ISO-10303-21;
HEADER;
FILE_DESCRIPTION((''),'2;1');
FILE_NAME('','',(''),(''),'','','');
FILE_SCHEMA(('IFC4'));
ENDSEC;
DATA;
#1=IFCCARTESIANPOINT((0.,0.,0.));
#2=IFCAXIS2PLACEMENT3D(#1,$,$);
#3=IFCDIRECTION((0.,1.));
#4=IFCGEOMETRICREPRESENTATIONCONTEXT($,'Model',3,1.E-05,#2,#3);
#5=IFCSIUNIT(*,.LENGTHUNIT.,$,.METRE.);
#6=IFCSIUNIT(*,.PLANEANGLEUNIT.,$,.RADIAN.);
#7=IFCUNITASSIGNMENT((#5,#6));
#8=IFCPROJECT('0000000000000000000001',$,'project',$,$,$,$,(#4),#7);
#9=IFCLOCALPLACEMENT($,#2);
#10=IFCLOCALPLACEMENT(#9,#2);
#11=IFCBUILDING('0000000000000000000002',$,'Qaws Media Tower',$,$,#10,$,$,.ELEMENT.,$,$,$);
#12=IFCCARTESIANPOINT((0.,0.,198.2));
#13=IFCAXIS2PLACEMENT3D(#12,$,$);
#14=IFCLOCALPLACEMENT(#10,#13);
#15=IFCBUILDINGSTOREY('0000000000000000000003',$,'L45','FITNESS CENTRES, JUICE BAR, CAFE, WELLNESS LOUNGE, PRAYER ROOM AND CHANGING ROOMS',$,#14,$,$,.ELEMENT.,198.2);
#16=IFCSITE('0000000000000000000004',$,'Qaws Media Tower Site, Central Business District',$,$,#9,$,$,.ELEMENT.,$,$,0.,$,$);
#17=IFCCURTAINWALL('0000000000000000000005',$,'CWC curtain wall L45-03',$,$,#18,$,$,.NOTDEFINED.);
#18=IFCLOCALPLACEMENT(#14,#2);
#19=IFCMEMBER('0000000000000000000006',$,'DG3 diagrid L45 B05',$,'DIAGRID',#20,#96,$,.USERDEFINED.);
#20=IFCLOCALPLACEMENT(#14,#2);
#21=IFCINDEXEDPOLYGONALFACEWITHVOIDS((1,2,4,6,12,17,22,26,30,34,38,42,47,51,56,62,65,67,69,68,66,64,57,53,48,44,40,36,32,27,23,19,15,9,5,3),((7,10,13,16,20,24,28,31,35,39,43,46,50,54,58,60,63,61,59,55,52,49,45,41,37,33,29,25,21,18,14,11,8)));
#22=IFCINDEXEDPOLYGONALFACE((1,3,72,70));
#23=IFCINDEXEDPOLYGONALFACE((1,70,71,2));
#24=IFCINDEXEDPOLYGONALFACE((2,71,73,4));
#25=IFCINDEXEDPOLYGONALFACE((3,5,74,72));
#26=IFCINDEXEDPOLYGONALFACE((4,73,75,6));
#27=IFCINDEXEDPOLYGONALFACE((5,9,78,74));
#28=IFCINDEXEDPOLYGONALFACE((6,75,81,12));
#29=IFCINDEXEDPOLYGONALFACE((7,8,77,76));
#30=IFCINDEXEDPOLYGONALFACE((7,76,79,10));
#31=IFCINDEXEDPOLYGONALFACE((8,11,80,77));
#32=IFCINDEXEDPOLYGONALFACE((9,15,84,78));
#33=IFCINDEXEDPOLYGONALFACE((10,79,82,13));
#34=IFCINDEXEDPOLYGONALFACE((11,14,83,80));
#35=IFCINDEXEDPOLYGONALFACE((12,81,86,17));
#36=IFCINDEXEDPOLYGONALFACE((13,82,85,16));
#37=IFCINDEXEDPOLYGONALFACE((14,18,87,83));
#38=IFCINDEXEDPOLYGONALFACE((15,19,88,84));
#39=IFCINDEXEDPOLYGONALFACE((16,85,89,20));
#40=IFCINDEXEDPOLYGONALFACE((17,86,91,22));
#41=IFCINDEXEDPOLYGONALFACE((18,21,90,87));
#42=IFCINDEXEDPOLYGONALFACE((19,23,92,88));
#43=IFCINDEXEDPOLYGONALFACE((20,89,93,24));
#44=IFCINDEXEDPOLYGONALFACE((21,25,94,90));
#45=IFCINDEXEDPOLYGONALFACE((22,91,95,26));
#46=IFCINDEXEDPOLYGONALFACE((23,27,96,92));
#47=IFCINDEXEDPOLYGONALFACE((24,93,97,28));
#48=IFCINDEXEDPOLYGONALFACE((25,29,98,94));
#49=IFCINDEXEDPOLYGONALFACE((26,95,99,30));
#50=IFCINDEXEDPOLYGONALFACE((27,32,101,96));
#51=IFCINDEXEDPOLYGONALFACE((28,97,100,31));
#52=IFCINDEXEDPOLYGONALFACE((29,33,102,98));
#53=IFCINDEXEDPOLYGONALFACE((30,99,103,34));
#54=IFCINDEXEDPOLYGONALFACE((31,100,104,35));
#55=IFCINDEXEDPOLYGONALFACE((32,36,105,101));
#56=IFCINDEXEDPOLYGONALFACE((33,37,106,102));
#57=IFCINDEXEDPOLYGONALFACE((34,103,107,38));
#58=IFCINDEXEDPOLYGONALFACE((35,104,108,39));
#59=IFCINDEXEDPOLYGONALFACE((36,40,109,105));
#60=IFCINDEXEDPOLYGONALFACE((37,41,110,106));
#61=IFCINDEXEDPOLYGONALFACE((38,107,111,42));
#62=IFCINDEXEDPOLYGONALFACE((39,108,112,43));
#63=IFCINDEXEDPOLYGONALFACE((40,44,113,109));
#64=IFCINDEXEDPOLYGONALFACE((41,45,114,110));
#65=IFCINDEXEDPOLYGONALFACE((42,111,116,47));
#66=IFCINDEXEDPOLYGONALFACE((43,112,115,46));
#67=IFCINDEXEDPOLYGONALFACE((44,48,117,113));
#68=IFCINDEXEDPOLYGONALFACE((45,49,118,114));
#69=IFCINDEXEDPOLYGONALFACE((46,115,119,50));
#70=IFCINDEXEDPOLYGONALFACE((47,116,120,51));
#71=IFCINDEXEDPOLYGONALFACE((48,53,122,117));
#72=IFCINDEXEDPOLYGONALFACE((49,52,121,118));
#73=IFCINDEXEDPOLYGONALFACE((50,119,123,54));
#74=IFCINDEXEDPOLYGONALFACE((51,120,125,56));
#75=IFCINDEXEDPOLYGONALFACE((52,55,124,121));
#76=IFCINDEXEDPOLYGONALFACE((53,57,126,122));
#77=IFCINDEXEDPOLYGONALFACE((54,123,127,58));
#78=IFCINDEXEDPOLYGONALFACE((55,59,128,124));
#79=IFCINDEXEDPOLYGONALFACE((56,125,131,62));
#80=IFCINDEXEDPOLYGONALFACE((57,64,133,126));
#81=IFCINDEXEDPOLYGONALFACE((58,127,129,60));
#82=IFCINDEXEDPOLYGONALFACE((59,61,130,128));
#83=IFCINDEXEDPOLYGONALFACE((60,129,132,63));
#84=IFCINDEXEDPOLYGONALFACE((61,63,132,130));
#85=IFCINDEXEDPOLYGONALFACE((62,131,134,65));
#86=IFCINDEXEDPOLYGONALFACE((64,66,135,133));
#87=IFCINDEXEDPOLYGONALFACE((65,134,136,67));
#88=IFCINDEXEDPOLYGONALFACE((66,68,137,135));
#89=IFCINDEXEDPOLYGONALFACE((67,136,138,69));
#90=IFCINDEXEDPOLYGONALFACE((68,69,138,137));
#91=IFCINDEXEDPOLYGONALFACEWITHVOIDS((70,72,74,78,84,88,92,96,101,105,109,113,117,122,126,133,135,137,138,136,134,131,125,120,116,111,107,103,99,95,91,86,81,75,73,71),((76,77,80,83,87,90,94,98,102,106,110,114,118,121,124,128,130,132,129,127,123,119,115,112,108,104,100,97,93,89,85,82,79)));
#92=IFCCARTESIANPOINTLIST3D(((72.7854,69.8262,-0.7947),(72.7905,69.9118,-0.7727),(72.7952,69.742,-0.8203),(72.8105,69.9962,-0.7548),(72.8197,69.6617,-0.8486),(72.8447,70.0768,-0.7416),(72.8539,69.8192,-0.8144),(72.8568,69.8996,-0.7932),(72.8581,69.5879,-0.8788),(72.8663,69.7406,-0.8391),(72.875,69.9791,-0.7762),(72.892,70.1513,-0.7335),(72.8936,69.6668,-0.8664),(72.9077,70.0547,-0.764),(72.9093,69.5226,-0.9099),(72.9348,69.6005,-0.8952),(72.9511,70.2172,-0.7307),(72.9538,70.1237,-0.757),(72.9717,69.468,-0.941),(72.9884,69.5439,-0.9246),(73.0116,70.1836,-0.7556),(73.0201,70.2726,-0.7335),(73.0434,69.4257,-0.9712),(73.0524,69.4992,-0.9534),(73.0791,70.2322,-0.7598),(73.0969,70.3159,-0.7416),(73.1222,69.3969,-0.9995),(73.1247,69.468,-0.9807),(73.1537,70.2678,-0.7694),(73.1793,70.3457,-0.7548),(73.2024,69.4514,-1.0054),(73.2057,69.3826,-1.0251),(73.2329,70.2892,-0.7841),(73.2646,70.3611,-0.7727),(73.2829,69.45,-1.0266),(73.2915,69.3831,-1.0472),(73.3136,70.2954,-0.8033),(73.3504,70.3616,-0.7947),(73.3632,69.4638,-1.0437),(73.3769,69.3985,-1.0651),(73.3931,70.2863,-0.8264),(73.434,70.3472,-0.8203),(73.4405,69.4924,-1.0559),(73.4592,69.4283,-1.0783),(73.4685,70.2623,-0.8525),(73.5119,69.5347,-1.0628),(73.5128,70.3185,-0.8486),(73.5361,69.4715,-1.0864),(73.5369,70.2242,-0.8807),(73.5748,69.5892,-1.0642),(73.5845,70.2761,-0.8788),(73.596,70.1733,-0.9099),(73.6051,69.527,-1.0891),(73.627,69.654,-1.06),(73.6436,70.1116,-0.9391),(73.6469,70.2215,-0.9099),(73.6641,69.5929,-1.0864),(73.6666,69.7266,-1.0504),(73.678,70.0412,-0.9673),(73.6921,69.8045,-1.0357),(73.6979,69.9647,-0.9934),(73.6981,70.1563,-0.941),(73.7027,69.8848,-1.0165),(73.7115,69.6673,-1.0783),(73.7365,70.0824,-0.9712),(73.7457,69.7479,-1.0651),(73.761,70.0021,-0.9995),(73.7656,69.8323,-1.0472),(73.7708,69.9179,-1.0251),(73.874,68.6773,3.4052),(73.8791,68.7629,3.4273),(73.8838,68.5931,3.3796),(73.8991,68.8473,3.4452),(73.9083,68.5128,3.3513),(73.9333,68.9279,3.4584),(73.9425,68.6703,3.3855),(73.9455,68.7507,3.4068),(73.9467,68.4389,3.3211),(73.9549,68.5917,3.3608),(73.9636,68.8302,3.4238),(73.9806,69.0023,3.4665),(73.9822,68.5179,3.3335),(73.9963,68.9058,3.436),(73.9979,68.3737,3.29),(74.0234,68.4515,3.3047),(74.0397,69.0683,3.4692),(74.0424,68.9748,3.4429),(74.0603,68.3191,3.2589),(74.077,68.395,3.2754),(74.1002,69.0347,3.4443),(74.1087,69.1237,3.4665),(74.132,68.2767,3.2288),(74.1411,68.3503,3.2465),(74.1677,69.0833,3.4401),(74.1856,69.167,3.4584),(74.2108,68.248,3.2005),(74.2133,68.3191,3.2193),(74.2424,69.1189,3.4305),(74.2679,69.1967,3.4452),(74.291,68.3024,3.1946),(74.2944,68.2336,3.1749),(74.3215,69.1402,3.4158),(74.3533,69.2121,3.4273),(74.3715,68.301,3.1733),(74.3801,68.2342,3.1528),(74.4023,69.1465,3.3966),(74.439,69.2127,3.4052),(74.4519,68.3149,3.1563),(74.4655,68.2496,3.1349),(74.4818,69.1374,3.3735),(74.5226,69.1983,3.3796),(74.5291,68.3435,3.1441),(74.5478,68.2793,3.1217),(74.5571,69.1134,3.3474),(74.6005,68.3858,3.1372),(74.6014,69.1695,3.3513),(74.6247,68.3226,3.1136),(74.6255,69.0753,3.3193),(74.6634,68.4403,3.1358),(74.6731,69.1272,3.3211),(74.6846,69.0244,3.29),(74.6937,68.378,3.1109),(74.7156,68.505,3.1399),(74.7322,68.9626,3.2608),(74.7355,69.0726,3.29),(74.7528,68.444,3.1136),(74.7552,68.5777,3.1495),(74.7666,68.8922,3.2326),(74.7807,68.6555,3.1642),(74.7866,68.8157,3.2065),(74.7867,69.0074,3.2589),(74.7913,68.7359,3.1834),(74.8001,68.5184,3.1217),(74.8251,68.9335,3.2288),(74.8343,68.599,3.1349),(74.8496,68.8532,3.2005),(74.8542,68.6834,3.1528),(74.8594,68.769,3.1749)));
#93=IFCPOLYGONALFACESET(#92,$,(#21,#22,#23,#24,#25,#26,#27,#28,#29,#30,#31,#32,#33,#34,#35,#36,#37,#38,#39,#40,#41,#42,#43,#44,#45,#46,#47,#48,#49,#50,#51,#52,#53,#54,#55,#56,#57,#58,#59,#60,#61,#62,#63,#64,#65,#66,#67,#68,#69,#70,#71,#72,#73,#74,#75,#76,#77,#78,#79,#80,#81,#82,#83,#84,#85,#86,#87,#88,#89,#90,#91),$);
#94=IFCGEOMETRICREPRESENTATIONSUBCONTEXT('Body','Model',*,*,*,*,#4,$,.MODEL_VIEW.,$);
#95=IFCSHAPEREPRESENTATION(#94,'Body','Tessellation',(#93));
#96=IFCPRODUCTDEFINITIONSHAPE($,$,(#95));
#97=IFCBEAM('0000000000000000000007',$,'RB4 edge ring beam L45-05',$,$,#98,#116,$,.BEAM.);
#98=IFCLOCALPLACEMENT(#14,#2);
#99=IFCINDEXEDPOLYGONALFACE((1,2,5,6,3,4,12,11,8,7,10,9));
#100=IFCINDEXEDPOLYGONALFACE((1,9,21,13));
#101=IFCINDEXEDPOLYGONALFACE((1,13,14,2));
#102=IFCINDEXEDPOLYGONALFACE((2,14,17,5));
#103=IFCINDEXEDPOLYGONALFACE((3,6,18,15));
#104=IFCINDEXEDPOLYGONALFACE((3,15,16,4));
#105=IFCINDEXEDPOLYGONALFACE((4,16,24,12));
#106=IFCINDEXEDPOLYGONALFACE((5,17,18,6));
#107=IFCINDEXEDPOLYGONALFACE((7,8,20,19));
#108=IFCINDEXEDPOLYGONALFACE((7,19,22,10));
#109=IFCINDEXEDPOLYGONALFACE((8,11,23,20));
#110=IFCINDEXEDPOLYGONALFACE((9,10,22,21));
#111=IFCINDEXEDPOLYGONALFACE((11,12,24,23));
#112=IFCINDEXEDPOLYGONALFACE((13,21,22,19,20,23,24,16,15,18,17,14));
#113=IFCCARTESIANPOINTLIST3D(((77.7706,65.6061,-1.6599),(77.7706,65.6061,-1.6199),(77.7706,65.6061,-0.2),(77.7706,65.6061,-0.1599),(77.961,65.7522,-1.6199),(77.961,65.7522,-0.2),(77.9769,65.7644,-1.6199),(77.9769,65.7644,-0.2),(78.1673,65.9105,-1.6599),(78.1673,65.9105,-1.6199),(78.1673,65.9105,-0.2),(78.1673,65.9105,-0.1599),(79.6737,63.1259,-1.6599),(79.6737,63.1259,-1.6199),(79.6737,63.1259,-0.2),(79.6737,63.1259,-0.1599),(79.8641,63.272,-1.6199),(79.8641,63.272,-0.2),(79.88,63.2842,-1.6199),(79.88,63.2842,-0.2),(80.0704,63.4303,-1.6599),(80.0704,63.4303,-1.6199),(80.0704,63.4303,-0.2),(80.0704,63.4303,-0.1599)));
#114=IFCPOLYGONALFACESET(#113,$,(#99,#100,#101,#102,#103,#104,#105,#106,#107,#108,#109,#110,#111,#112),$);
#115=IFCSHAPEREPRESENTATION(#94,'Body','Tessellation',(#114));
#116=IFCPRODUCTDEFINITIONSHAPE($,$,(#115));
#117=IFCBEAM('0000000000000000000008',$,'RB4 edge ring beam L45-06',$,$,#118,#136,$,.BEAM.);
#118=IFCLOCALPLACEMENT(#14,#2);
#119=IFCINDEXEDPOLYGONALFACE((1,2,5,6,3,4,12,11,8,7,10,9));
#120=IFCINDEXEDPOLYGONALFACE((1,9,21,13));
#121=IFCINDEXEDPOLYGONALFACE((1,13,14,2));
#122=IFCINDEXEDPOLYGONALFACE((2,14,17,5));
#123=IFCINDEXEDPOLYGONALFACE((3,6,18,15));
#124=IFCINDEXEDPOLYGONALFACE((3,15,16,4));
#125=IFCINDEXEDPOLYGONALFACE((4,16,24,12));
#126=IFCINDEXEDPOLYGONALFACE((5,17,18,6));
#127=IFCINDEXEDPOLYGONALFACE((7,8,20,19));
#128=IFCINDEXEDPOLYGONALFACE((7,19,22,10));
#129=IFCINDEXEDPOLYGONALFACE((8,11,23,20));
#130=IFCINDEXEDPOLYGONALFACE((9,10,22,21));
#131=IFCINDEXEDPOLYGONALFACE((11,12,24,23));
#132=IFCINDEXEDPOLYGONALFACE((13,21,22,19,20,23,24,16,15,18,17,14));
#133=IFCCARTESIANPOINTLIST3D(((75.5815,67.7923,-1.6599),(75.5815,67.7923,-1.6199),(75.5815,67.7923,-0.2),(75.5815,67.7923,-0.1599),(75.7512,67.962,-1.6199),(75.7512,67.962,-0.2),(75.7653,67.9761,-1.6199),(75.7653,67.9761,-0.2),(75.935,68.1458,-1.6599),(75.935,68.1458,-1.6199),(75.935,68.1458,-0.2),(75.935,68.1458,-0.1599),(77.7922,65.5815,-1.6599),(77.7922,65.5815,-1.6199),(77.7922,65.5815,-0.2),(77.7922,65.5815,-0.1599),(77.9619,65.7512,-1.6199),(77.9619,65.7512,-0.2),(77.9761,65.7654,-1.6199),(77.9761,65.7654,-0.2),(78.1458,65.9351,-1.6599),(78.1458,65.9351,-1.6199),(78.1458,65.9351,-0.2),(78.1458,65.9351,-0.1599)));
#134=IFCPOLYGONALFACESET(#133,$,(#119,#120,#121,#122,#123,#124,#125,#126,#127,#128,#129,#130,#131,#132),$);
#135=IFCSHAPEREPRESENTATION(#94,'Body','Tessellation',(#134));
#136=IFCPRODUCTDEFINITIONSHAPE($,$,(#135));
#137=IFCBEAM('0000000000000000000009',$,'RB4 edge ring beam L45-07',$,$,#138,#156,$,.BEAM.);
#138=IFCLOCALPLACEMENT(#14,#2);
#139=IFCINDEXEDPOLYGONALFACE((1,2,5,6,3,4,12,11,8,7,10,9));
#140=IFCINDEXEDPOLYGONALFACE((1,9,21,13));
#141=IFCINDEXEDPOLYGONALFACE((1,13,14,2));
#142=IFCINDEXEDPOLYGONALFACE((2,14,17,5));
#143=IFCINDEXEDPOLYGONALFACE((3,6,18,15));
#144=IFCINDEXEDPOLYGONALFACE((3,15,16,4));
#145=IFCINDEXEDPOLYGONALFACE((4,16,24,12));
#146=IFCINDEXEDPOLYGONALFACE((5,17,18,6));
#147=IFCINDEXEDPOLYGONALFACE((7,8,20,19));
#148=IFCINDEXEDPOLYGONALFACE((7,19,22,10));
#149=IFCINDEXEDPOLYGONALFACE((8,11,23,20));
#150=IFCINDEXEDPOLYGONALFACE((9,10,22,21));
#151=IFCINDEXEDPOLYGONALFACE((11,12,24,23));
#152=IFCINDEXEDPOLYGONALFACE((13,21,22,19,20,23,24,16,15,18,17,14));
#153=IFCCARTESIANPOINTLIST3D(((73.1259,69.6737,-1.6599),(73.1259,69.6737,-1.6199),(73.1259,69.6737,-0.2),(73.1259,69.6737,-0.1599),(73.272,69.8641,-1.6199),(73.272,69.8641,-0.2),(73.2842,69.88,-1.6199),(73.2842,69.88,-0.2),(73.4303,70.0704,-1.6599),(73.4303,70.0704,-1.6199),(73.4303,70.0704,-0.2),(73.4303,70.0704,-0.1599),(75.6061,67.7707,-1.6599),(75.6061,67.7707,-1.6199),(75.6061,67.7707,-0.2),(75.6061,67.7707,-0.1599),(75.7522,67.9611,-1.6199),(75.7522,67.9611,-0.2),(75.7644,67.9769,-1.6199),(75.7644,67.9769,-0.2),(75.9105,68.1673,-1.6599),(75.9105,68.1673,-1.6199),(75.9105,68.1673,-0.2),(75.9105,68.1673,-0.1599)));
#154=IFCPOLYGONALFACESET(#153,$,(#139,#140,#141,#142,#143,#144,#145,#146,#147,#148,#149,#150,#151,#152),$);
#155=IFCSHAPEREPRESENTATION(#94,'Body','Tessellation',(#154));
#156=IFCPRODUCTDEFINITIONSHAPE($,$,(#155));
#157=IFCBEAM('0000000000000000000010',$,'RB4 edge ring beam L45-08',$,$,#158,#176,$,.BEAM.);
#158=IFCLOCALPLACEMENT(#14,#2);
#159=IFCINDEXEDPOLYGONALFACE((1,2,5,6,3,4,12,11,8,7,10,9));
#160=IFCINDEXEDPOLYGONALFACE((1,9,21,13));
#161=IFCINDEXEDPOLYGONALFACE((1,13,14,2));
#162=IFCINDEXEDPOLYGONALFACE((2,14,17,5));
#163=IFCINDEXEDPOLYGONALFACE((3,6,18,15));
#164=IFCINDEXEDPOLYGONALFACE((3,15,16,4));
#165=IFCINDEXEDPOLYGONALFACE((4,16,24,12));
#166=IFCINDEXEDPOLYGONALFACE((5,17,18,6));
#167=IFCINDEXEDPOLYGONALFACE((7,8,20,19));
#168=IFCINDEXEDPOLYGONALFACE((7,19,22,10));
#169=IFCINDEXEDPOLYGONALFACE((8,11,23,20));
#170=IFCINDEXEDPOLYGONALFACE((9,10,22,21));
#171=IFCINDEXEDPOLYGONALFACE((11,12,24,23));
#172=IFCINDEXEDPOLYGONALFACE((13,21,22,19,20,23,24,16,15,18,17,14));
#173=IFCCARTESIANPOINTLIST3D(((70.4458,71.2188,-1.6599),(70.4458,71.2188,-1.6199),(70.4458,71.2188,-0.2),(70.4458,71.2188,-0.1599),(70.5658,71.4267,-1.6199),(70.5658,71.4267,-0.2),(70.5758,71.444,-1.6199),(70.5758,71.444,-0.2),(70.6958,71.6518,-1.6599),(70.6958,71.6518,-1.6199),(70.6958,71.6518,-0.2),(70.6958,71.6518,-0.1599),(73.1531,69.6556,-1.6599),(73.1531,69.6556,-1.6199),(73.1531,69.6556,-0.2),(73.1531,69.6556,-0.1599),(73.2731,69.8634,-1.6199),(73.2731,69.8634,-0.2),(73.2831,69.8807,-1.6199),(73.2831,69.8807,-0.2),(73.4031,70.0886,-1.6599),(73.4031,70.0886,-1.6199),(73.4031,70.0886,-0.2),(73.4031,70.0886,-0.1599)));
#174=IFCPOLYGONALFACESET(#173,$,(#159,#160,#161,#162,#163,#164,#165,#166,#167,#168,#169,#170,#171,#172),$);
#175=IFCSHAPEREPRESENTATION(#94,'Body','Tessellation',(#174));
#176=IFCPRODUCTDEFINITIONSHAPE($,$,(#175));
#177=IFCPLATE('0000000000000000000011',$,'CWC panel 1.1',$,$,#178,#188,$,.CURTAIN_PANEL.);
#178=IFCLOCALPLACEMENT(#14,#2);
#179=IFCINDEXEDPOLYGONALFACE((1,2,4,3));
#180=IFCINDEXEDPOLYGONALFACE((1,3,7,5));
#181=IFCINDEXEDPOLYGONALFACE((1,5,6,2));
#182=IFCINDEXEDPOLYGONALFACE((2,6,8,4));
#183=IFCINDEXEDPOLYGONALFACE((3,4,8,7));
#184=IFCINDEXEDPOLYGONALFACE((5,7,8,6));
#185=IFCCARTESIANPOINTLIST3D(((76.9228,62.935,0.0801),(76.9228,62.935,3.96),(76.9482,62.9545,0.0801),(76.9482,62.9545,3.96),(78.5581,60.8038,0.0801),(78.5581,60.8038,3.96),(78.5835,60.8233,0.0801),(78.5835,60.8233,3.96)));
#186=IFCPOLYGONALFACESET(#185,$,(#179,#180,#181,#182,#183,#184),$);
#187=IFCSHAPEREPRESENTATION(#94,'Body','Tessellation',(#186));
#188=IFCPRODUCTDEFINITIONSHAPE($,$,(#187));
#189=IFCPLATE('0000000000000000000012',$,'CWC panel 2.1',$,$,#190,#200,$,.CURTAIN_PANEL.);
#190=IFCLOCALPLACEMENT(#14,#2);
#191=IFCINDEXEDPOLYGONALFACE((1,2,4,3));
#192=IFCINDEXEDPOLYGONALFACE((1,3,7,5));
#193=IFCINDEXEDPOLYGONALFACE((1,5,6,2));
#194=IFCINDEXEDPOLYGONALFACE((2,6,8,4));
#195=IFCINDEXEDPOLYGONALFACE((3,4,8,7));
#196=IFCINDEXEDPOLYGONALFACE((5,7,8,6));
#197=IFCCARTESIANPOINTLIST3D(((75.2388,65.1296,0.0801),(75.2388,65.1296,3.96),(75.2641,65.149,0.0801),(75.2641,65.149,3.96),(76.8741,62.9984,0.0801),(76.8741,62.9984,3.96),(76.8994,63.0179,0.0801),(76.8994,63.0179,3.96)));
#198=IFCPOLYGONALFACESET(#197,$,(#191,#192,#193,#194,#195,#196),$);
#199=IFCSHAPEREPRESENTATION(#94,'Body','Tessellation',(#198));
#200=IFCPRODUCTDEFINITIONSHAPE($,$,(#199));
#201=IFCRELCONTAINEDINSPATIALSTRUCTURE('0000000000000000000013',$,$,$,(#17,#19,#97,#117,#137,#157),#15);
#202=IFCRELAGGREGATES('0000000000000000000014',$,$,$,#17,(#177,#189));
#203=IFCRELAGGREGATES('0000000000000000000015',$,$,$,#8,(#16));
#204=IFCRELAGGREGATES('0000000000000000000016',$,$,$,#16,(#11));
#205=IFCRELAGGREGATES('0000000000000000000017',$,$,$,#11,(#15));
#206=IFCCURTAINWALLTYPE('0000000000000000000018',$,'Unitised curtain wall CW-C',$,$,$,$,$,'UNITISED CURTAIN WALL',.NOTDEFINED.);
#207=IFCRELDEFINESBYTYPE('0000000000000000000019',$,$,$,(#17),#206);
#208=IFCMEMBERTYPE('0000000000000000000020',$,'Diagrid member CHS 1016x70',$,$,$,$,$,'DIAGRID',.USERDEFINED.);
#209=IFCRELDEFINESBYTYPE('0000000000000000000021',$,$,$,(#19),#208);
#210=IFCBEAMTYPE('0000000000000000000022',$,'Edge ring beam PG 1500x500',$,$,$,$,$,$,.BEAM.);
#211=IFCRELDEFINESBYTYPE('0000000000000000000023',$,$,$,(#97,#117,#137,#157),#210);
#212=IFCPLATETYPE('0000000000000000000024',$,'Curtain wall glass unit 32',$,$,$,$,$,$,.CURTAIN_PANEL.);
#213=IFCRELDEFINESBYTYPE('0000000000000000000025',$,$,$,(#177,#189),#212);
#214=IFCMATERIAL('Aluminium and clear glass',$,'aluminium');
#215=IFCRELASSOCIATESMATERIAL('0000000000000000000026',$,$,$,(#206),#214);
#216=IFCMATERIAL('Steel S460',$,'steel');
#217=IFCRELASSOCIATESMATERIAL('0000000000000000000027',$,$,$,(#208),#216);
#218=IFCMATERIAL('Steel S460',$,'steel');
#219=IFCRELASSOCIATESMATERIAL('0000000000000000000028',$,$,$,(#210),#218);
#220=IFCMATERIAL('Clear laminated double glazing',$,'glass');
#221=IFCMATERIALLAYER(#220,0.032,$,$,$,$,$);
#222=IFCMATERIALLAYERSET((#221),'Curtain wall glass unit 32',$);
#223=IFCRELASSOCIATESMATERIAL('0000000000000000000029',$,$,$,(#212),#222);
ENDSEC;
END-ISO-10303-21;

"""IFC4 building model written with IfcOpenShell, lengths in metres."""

from ifc_helpers import new_model, si_unit, direction, frame, origin, origin_2d, place, context, subcontext, project, spatial, rectangle, hollow_circle, i_section, extrude, material, layer, layer_set, material_profile, profile_set, type_object, element, aggregate, save


model = new_model("IFC4")

# Units and contexts
model_context = context("Model", 3, precision=1e-05, world=origin(), true_north=direction((0.0, 1.0)))
body_context = subcontext(model_context, "Body", "Model", "MODEL_VIEW")
ifc_project = project(units=[si_unit("LENGTHUNIT", "METRE"), si_unit("PLANEANGLEUNIT", "RADIAN")], contexts=[model_context])

# Site, building, storey
site_placement = place(None, origin())
site = spatial("IfcSite", under=ifc_project, at=site_placement, Name="Qaws Media Tower Site, Central Business District", CompositionType="ELEMENT", RefElevation=0.0)
building_placement = place(site_placement, origin())
building = spatial("IfcBuilding", under=site, at=building_placement, Name="Qaws Media Tower", CompositionType="ELEMENT")
storey_placement = place(building_placement, frame((0.0, 0.0, 198.2)))
storey = spatial("IfcBuildingStorey", under=building, at=storey_placement, Name="L45", Description="FITNESS CENTRES, JUICE BAR, CAFE, WELLNESS LOUNGE, PRAYER ROOM AND CHANGING ROOMS", CompositionType="ELEMENT", Elevation=198.2)

# Shared definitions
ifc_material_1 = material(Name="Aluminium and clear glass", Category="aluminium")
curtain_wall_type = type_object("IfcCurtainWallType", Name="Unitised curtain wall CW-C", ElementType="UNITISED CURTAIN WALL", PredefinedType="NOTDEFINED", material=ifc_material_1)

# Curtain wall
curtain_wall_1_placement = place(storey_placement, origin())
curtain_wall_1 = element("IfcCurtainWall", 1, at=curtain_wall_1_placement, inside=storey, type_object=curtain_wall_type, Name="CWC curtain wall L45-03", PredefinedType="NOTDEFINED")

# Member
ifc_material_2 = material(Name="Steel S460", Category="steel")
ifc_material_profile_1 = material_profile(ifc_material_2, hollow_circle(Radius=0.5081, WallThickness=0.0701, at=origin_2d()), Name="CHS 1016x70")
ifc_profile_set_1 = profile_set([ifc_material_profile_1], Name="Steel S460")
member_type_1 = type_object("IfcMemberType", Name="Diagrid member CHS 1016x70", ElementType="DIAGRID", PredefinedType="USERDEFINED", material=ifc_profile_set_1)
for number, where, z_axis, x_axis, name in (
    (2, (73.2781, 69.8721, -0.9099), (0.242548, -0.255983, 0.935758), (0.7259, 0.6878, 0.0), "DG3 diagrid L45 B05"),
):
    element("IfcMember", number, at=place(storey_placement, frame(where, z_axis=z_axis, x_axis=x_axis)), inside=storey, type_object=member_type_1, Name=name, ObjectType="DIAGRID", PredefinedType="USERDEFINED", context=body_context, shape_type="SweptSolid", body=[
        extrude(hollow_circle(Radius=0.5081, WallThickness=0.0701, at=origin_2d()), origin(), (0.0, 0.0, 1.0), 4.4883),
    ])

# Beams
ifc_material_3 = material(Name="Steel S460", Category="steel")
ifc_material_profile_2 = material_profile(ifc_material_3, i_section(OverallWidth=0.5, OverallDepth=1.5, WebThickness=0.02, FlangeThickness=0.04, at=origin_2d()), Name="PG 1500x500")
ifc_profile_set_2 = profile_set([ifc_material_profile_2], Name="Steel S460")
beam_type = type_object("IfcBeamType", Name="Edge ring beam PG 1500x500", PredefinedType="BEAM", material=ifc_profile_set_2)
beam_1_placement = place(storey_placement, frame((79.8721, 63.2781, -0.9099), z_axis=(-0.608748, 0.793364, 0.0), x_axis=(-0.793364, -0.608748, 0.0)))
element("IfcBeam", 3, at=beam_1_placement, inside=storey, type_object=beam_type, Name="RB4 edge ring beam L45-05", PredefinedType="BEAM", context=body_context, shape_type="SweptSolid", body=[
    extrude(i_section(OverallWidth=0.5, OverallDepth=1.5, WebThickness=0.02, FlangeThickness=0.04, at=origin_2d()), origin(), (0.0, 0.0, 1.0), 3.1262),
])
beam_2_placement = place(storey_placement, frame((77.969, 65.7583, -0.9099), z_axis=(-0.707107, 0.707107, 0.0), x_axis=(-0.707107, -0.707107, 0.0)))
element("IfcBeam", 4, at=beam_2_placement, inside=storey, type_object=beam_type, Name="RB4 edge ring beam L45-06", PredefinedType="BEAM", context=body_context, shape_type="SweptSolid", body=[
    extrude(i_section(OverallWidth=0.5, OverallDepth=1.5, WebThickness=0.02, FlangeThickness=0.04, at=origin_2d()), origin(), (0.0, 0.0, 1.0), 3.1265),
])
for number, where, z_axis, x_axis, name in (
    (5, (75.7583, 67.969, -0.9099), (-0.793364, 0.608748, 0.0), (-0.608748, -0.793364, 0.0), "RB4 edge ring beam L45-07"),
    (6, (73.2781, 69.8721, -0.9099), (-0.866, 0.500045, 0.0), (-0.500045, -0.866, 0.0), "RB4 edge ring beam L45-08"),
):
    element("IfcBeam", number, at=place(storey_placement, frame(where, z_axis=z_axis, x_axis=x_axis)), inside=storey, type_object=beam_type, Name=name, PredefinedType="BEAM", context=body_context, shape_type="SweptSolid", body=[
        extrude(i_section(OverallWidth=0.5, OverallDepth=1.5, WebThickness=0.02, FlangeThickness=0.04, at=origin_2d()), origin(), (0.0, 0.0, 1.0), 3.1262),
    ])

# Plates
ifc_material_4 = material(Name="Clear laminated double glazing", Category="glass")
ifc_layer_1 = layer(ifc_material_4, 0.032)
ifc_layer_set_1 = layer_set([ifc_layer_1], Name="Curtain wall glass unit 32")
plate_type_1 = type_object("IfcPlateType", Name="Curtain wall glass unit 32", PredefinedType="CURTAIN_PANEL", material=ifc_layer_set_1)
plate_1_placement = place(storey_placement, frame((77.7532, 61.8792, 0.0801), z_axis=(0.0, 0.0, 1.0), x_axis=(-0.608761, 0.793353, 0.0)))
plate_1 = element("IfcPlate", 7, at=plate_1_placement, type_object=plate_type_1, Name="CWC panel 1.1", PredefinedType="CURTAIN_PANEL", context=body_context, shape_type="SweptSolid", body=[
    extrude(rectangle(XDim=2.6863, YDim=0.032, at=origin_2d()), origin(), (0.0, 0.0, 1.0), 3.8799),
])
plate_2_placement = place(storey_placement, frame((76.0691, 64.0737, 0.0801), z_axis=(0.0, 0.0, 1.0), x_axis=(-0.608761, 0.793353, 0.0)))
plate_2 = element("IfcPlate", 8, at=plate_2_placement, type_object=plate_type_1, Name="CWC panel 2.1", PredefinedType="CURTAIN_PANEL", context=body_context, shape_type="SweptSolid", body=[
    extrude(rectangle(XDim=2.6863, YDim=0.032, at=origin_2d()), origin(), (0.0, 0.0, 1.0), 3.8799),
])
aggregate(curtain_wall_1, [plate_1, plate_2])

save(model, "model.ifc")
